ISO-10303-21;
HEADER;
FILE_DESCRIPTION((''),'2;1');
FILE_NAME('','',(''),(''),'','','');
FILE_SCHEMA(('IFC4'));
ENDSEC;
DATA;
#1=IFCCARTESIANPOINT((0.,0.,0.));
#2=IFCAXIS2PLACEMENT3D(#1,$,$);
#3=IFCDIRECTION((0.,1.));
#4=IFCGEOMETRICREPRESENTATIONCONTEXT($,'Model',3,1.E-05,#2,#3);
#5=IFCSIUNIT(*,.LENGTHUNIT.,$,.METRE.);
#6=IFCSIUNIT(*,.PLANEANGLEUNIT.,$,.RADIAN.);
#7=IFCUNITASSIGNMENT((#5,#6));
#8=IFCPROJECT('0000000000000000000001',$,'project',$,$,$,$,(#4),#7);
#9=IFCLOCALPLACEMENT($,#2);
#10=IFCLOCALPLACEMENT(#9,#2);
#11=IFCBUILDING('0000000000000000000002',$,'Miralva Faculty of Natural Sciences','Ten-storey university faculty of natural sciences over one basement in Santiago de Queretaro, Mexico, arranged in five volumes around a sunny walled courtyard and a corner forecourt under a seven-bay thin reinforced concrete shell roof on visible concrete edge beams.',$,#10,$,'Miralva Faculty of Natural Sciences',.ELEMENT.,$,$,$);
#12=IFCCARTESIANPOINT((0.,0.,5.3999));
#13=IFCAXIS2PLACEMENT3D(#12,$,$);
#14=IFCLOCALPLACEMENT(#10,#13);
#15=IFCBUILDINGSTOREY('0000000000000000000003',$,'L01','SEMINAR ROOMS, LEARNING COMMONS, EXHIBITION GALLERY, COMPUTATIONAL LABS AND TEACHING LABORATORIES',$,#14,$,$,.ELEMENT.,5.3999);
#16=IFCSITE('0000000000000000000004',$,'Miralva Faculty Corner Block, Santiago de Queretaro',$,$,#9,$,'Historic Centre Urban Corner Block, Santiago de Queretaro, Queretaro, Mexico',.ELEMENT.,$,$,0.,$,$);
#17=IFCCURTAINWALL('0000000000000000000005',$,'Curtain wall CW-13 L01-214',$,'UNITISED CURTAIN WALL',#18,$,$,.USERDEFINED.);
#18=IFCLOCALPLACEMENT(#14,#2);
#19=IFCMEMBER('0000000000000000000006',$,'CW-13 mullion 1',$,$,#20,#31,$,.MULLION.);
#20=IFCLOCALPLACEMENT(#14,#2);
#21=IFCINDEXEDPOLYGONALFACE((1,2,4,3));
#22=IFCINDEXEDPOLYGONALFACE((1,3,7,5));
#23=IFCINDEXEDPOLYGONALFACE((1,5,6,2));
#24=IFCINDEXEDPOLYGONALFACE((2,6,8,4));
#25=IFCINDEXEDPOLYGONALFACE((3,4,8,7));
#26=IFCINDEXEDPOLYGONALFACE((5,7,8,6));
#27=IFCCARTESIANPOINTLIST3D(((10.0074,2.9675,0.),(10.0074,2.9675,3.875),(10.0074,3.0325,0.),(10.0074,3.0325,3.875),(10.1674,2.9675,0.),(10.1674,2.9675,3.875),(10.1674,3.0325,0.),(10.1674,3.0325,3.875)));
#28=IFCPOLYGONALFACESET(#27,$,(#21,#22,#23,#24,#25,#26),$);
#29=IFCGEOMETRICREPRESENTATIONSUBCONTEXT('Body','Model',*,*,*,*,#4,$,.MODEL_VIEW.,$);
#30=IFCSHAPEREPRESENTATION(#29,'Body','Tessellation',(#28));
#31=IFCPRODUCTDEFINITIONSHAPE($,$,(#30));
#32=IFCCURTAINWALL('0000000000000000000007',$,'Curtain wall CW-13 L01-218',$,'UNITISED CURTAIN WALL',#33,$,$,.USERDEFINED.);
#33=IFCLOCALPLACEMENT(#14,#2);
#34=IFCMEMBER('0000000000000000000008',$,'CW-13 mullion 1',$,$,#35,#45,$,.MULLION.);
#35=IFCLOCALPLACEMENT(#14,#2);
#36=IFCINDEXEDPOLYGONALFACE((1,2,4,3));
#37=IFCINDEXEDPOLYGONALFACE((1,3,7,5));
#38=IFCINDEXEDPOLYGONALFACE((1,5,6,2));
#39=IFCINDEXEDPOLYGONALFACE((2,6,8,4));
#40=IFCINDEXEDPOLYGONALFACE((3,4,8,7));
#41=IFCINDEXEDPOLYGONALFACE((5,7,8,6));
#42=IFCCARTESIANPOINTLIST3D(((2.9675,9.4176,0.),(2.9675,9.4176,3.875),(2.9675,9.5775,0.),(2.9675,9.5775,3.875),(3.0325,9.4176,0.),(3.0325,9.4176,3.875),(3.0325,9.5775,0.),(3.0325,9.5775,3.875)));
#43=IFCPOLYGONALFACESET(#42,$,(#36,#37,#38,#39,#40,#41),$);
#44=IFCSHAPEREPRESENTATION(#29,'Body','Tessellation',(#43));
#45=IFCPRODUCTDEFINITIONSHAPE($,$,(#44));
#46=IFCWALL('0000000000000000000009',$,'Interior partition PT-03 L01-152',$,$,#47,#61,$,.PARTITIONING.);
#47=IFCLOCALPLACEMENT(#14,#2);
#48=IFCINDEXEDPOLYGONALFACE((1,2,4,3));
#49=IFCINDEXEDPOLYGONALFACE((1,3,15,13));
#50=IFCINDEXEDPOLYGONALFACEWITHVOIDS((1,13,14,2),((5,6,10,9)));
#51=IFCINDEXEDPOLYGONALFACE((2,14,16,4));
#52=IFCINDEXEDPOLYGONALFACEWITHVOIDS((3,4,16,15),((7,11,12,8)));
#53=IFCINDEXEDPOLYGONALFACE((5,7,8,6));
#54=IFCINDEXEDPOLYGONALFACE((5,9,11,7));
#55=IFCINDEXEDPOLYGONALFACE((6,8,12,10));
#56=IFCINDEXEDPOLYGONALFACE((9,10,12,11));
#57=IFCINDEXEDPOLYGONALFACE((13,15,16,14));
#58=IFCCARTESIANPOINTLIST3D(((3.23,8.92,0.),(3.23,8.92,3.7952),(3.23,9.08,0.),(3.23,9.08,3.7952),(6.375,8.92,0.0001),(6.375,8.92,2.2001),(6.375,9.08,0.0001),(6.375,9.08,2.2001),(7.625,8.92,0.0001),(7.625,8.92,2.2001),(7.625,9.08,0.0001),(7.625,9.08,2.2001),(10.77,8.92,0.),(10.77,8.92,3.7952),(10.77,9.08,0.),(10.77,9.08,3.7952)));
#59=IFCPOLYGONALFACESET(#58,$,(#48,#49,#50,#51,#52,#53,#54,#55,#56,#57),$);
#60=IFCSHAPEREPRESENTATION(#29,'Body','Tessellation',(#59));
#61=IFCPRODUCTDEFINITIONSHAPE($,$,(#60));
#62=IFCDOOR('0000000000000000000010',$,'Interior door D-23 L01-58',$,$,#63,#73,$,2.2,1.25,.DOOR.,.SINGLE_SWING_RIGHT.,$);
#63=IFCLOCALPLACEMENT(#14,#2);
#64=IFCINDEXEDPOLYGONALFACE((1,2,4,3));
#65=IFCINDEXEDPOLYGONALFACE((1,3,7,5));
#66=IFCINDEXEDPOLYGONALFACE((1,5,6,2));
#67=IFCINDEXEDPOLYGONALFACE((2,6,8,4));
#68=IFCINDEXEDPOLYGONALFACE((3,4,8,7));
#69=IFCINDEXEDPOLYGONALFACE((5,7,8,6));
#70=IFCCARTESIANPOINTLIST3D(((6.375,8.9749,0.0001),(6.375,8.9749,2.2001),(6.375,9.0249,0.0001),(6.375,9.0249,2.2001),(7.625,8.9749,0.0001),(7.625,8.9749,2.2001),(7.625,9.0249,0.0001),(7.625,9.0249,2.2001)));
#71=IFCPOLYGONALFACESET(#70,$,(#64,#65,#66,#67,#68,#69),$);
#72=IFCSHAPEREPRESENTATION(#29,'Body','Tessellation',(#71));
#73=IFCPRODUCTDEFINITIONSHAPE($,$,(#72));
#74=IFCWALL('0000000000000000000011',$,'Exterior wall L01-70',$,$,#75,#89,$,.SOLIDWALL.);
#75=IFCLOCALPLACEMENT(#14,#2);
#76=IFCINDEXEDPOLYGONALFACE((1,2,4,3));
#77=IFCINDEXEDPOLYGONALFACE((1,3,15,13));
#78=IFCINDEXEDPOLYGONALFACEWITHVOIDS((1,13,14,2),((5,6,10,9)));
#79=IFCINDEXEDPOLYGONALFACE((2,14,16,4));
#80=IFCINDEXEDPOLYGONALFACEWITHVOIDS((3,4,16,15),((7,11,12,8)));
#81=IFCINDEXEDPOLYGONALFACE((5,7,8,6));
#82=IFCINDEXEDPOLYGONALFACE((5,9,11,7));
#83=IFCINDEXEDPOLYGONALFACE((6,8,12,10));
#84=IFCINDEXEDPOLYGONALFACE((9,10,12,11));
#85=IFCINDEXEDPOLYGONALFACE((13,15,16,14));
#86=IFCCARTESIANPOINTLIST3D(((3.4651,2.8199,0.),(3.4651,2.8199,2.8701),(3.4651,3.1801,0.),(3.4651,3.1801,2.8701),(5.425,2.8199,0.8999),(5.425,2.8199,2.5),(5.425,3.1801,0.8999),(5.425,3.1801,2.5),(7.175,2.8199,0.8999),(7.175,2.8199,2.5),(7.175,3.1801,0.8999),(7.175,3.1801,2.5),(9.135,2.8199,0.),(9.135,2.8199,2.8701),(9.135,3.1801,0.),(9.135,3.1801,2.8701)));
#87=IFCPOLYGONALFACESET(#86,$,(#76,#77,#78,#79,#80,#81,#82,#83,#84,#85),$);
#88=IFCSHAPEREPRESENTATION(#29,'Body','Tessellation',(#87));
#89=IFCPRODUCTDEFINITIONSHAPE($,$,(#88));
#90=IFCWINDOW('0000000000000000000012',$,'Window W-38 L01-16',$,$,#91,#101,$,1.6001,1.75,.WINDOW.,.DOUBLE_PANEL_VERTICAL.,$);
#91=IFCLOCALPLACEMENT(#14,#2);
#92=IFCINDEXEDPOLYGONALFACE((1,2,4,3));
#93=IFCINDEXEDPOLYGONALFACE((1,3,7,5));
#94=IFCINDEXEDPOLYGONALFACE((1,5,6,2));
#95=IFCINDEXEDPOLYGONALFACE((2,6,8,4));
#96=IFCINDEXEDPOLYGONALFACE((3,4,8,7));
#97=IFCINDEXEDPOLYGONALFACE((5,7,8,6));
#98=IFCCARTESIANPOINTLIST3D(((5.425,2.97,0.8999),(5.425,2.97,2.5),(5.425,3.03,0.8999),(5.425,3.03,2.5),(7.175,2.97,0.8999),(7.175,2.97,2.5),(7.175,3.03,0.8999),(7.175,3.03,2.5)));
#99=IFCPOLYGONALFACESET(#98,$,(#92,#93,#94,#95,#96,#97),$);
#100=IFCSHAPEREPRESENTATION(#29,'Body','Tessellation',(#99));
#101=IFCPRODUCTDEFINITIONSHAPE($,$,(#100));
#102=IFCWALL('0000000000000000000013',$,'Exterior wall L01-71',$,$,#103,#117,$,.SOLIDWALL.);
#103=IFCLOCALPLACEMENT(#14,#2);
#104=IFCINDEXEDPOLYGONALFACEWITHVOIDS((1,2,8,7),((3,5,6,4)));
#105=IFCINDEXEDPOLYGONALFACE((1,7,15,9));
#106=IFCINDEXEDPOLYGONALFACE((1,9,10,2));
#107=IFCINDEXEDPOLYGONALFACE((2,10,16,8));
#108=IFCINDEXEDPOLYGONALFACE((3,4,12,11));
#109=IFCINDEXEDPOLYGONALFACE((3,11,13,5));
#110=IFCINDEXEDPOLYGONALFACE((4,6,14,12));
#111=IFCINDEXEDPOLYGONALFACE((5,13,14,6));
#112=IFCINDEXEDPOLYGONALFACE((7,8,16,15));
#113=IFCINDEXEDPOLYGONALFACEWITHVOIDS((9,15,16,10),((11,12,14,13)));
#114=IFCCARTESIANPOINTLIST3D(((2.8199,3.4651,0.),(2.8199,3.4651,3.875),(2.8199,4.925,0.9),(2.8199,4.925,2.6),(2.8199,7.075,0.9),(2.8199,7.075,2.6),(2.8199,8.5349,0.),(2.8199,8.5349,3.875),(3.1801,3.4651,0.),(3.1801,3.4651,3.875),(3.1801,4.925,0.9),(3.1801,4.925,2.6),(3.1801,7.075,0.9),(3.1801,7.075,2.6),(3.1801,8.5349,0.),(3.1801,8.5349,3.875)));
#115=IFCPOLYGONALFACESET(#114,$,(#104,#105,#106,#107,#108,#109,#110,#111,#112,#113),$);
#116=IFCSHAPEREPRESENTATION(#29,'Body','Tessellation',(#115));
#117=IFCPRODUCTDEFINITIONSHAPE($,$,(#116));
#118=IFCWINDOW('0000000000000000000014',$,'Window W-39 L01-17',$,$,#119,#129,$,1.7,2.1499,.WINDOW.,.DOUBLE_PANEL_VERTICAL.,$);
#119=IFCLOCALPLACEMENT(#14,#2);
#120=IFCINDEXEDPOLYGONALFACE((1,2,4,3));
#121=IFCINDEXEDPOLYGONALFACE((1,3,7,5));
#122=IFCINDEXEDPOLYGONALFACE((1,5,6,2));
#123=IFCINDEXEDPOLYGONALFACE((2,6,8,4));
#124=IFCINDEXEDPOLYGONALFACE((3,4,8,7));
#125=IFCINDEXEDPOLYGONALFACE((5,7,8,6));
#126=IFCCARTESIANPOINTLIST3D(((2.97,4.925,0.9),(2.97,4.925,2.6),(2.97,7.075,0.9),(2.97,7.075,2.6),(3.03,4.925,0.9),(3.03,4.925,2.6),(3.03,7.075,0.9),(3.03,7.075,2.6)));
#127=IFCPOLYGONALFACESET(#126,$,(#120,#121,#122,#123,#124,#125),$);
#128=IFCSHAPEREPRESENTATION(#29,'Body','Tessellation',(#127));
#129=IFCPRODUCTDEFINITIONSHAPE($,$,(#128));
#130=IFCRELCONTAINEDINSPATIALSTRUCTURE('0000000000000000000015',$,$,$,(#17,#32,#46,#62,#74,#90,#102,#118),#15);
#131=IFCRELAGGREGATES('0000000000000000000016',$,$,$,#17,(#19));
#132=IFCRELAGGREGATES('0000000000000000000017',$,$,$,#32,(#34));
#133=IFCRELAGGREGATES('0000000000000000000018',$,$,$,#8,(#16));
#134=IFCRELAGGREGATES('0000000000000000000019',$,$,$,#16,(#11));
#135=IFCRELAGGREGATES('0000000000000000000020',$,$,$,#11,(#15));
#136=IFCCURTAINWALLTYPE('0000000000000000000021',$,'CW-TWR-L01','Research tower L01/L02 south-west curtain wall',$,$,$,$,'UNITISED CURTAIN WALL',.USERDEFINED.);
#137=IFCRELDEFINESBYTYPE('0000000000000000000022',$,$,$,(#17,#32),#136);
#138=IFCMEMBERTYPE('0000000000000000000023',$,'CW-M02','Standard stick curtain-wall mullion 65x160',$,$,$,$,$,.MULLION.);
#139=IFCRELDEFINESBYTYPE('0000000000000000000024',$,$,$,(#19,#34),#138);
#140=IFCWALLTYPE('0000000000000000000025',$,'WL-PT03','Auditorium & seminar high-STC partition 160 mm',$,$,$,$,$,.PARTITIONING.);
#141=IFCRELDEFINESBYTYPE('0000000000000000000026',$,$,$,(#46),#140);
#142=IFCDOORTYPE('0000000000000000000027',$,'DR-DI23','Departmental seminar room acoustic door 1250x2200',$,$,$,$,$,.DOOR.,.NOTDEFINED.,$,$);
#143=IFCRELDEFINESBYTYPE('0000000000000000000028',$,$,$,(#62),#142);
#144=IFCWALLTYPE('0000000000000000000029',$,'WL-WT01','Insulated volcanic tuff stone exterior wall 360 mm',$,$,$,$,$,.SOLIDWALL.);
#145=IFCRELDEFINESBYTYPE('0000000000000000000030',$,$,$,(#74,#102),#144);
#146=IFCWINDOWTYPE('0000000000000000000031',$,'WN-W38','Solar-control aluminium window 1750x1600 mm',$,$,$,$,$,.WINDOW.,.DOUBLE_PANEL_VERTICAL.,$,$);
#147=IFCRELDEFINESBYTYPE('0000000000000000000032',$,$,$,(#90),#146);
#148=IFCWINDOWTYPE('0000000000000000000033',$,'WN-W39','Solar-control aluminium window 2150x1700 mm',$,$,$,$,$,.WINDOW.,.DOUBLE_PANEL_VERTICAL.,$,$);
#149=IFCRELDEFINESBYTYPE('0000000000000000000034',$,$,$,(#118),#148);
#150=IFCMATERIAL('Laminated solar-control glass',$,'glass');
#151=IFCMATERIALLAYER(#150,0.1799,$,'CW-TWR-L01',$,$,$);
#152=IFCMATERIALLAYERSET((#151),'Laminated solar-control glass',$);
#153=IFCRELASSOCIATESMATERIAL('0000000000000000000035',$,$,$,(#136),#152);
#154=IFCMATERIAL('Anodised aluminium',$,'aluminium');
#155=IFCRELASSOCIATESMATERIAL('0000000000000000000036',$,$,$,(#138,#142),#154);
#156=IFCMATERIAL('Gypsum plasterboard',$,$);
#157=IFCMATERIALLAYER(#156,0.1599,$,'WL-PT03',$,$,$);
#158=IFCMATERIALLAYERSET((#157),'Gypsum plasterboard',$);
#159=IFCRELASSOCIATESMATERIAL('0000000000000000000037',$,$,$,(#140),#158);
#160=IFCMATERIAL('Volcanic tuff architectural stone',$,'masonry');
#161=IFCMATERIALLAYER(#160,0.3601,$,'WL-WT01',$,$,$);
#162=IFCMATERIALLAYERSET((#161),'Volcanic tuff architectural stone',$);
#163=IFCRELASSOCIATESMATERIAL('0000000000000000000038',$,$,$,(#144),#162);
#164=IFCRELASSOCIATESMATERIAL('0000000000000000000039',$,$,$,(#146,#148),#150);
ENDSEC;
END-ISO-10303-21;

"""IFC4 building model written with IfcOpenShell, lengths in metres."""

from ifc_helpers import new_model, si_unit, direction, frame, frame_2d, origin, origin_2d, place, context, subcontext, project, spatial, rectangle, extrude, material, layer, layer_set, material_profile, profile_set, type_object, element, fill, aggregate, save


model = new_model("IFC4")

# Units and contexts
model_context = context("Model", 3, precision=1e-05, world=origin(), true_north=direction((0.0, 1.0)))
body_context = subcontext(model_context, "Body", "Model", "MODEL_VIEW")
ifc_project = project(units=[si_unit("LENGTHUNIT", "METRE"), si_unit("PLANEANGLEUNIT", "RADIAN")], contexts=[model_context])

# Site, building, storey
site_placement = place(None, origin())
site = spatial("IfcSite", under=ifc_project, at=site_placement, Name="Miralva Faculty Corner Block, Santiago de Queretaro", LongName="Historic Centre Urban Corner Block, Santiago de Queretaro, Queretaro, Mexico", CompositionType="ELEMENT", RefElevation=0.0)
building_placement = place(site_placement, origin())
building = spatial("IfcBuilding", under=site, at=building_placement, Name="Miralva Faculty of Natural Sciences", Description="Ten-storey university faculty of natural sciences over one basement in Santiago de Queretaro, Mexico, arranged in five volumes around a sunny walled courtyard and a corner forecourt under a seven-bay thin reinforced concrete shell roof on visible concrete edge beams.", LongName="Miralva Faculty of Natural Sciences", CompositionType="ELEMENT")
storey_placement = place(building_placement, frame((0.0, 0.0, 5.3999)))
storey = spatial("IfcBuildingStorey", under=building, at=storey_placement, Name="L01", Description="SEMINAR ROOMS, LEARNING COMMONS, EXHIBITION GALLERY, COMPUTATIONAL LABS AND TEACHING LABORATORIES", CompositionType="ELEMENT", Elevation=5.3999)

# Curtain walls, members
ifc_material_1 = material(Name="Laminated solar-control glass", Category="glass")
ifc_layer_1 = layer(ifc_material_1, 0.1799, Name="CW-TWR-L01")
ifc_layer_set_1 = layer_set([ifc_layer_1], Name="Laminated solar-control glass")
curtain_wall_type = type_object("IfcCurtainWallType", Name="CW-TWR-L01", Description="Research tower L01/L02 south-west curtain wall", ElementType="UNITISED CURTAIN WALL", PredefinedType="USERDEFINED", material=ifc_layer_set_1)
curtain_wall_1_placement = place(storey_placement, origin())
curtain_wall_1 = element("IfcCurtainWall", 1, at=curtain_wall_1_placement, inside=storey, type_object=curtain_wall_type, Name="Curtain wall CW-13 L01-214", ObjectType="UNITISED CURTAIN WALL", PredefinedType="USERDEFINED")
ifc_material_2 = material(Name="Anodised aluminium", Category="aluminium")
ifc_material_profile_1 = material_profile(ifc_material_2, rectangle(XDim=0.0649, YDim=0.1599, at=origin_2d()), Name="MULLION 65x160")
ifc_profile_set_1 = profile_set([ifc_material_profile_1], Name="Anodised aluminium")
member_type = type_object("IfcMemberType", Name="CW-M02", Description="Standard stick curtain-wall mullion 65x160", PredefinedType="MULLION", material=ifc_profile_set_1)
member_1_placement = place(storey_placement, frame((10.0874, 3.0, 0.0), z_axis=(0.0, 0.0, 1.0), x_axis=(0.0, 1.0, 0.0)))
member_1 = element("IfcMember", 2, at=member_1_placement, type_object=member_type, Name="CW-13 mullion 1", PredefinedType="MULLION", context=body_context, shape_type="SweptSolid", body=[
    extrude(rectangle(XDim=0.0649, YDim=0.1599, at=origin_2d()), origin(), (0.0, 0.0, 1.0), 3.875),
])
aggregate(curtain_wall_1, [member_1])
curtain_wall_2_placement = place(storey_placement, origin())
curtain_wall_2 = element("IfcCurtainWall", 3, at=curtain_wall_2_placement, inside=storey, type_object=curtain_wall_type, Name="Curtain wall CW-13 L01-218", ObjectType="UNITISED CURTAIN WALL", PredefinedType="USERDEFINED")
member_2_placement = place(storey_placement, frame((3.0, 9.4976, 0.0), z_axis=(0.0, 0.0, 1.0), x_axis=(-1.0, 0.0, 0.0)))
member_2 = element("IfcMember", 4, at=member_2_placement, type_object=member_type, Name="CW-13 mullion 1", PredefinedType="MULLION", context=body_context, shape_type="SweptSolid", body=[
    extrude(rectangle(XDim=0.0649, YDim=0.1599, at=origin_2d()), origin(), (0.0, 0.0, 1.0), 3.875),
])
aggregate(curtain_wall_2, [member_2])

# Wall, opening, door
ifc_material_3 = material(Name="Gypsum plasterboard")
ifc_layer_2 = layer(ifc_material_3, 0.1599, Name="WL-PT03")
ifc_layer_set_2 = layer_set([ifc_layer_2], Name="Gypsum plasterboard")
wall_type_1 = type_object("IfcWallType", Name="WL-PT03", Description="Auditorium & seminar high-STC partition 160 mm", PredefinedType="PARTITIONING", material=ifc_layer_set_2)
wall_1_placement = place(storey_placement, frame((3.23, 9.0, 0.0), z_axis=(0.0, 0.0, 1.0), x_axis=(1.0, 0.0, 0.0)))
wall_1 = element("IfcWall", 5, at=wall_1_placement, inside=storey, type_object=wall_type_1, Name="Interior partition PT-03 L01-152", PredefinedType="PARTITIONING", context=body_context, shape_type="SweptSolid", body=[
    extrude(rectangle(XDim=7.54, YDim=0.1599, at=frame_2d((3.77, 0.0))), origin(), (0.0, 0.0, 1.0), 3.7952),
])
opening_1_placement = place(wall_1_placement, frame((3.145, 0.0, 0.0)))
opening_1 = element("IfcOpeningElement", 6, at=opening_1_placement, cuts=wall_1, PredefinedType="OPENING", context=body_context, shape_type="SweptSolid", body=[
    extrude(rectangle(XDim=1.25, YDim=2.2, at=frame_2d((0.625, 1.1001))), frame((0.0, 0.0898, 0.0), z_axis=(0.0, -1.0, 0.0), x_axis=(1.0, 0.0, 0.0)), (0.0, 0.0, 1.0), 0.1799),
])
door_type = type_object("IfcDoorType", Name="DR-DI23", Description="Departmental seminar room acoustic door 1250x2200", OperationType="NOTDEFINED", PredefinedType="DOOR", material=ifc_material_2)
door_placement = place(opening_1_placement, origin())
door = element("IfcDoor", 7, at=door_placement, inside=storey, type_object=door_type, Name="Interior door D-23 L01-58", OperationType="SINGLE_SWING_RIGHT", OverallHeight=2.2, OverallWidth=1.25, PredefinedType="DOOR", context=body_context, shape_type="SweptSolid", body=[
    extrude(rectangle(XDim=1.25, YDim=2.2, at=frame_2d((0.625, 1.1001))), frame((0.0, 0.0249, 0.0), z_axis=(0.0, -1.0, 0.0), x_axis=(1.0, 0.0, 0.0)), (0.0, 0.0, 1.0), 0.05),
])
fill(opening_1, door)

# Walls, openings, windows
ifc_material_4 = material(Name="Volcanic tuff architectural stone", Category="masonry")
ifc_layer_3 = layer(ifc_material_4, 0.3601, Name="WL-WT01")
ifc_layer_set_3 = layer_set([ifc_layer_3], Name="Volcanic tuff architectural stone")
wall_type_2 = type_object("IfcWallType", Name="WL-WT01", Description="Insulated volcanic tuff stone exterior wall 360 mm", PredefinedType="SOLIDWALL", material=ifc_layer_set_3)
wall_2_placement = place(storey_placement, frame((3.4651, 3.0, 0.0), z_axis=(0.0, 0.0, 1.0), x_axis=(1.0, 0.0, 0.0)))
wall_2 = element("IfcWall", 8, at=wall_2_placement, inside=storey, type_object=wall_type_2, Name="Exterior wall L01-70", PredefinedType="SOLIDWALL", context=body_context, shape_type="SweptSolid", body=[
    extrude(rectangle(XDim=5.6699, YDim=0.3601, at=frame_2d((2.835, 0.0))), origin(), (0.0, 0.0, 1.0), 2.8701),
])
opening_2_placement = place(wall_2_placement, frame((1.96, 0.0, 0.8999)))
opening_2 = element("IfcOpeningElement", 9, at=opening_2_placement, cuts=wall_2, PredefinedType="OPENING", context=body_context, shape_type="SweptSolid", body=[
    extrude(rectangle(XDim=1.75, YDim=1.6001, at=frame_2d((0.875, 0.8))), frame((0.0, 0.1899, 0.0), z_axis=(0.0, -1.0, 0.0), x_axis=(1.0, 0.0, 0.0)), (0.0, 0.0, 1.0), 0.3801),
])
window_type_1 = type_object("IfcWindowType", Name="WN-W38", Description="Solar-control aluminium window 1750x1600 mm", PartitioningType="DOUBLE_PANEL_VERTICAL", PredefinedType="WINDOW", material=ifc_material_1)
window_1_placement = place(opening_2_placement, frame((1.75, 0.0, 0.0), z_axis=(0.0, 0.0, 1.0), x_axis=(-1.0, 0.0, 0.0)))
window_1 = element("IfcWindow", 10, at=window_1_placement, inside=storey, type_object=window_type_1, Name="Window W-38 L01-16", OverallHeight=1.6001, OverallWidth=1.75, PartitioningType="DOUBLE_PANEL_VERTICAL", PredefinedType="WINDOW", context=body_context, shape_type="SweptSolid", body=[
    extrude(rectangle(XDim=1.75, YDim=1.6001, at=frame_2d((0.875, 0.8))), frame((0.0, 0.03, 0.0), z_axis=(0.0, -1.0, 0.0), x_axis=(1.0, 0.0, 0.0)), (0.0, 0.0, 1.0), 0.0601),
])
fill(opening_2, window_1)
wall_3_placement = place(storey_placement, frame((3.0, 3.4651, 0.0), z_axis=(0.0, 0.0, 1.0), x_axis=(0.0, 1.0, 0.0)))
wall_3 = element("IfcWall", 11, at=wall_3_placement, inside=storey, type_object=wall_type_2, Name="Exterior wall L01-71", PredefinedType="SOLIDWALL", context=body_context, shape_type="SweptSolid", body=[
    extrude(rectangle(XDim=5.0698, YDim=0.3601, at=frame_2d((2.5349, 0.0))), origin(), (0.0, 0.0, 1.0), 3.875),
])
opening_3_placement = place(wall_3_placement, frame((1.46, 0.0, 0.8999)))
opening_3 = element("IfcOpeningElement", 12, at=opening_3_placement, cuts=wall_3, PredefinedType="OPENING", context=body_context, shape_type="SweptSolid", body=[
    extrude(rectangle(XDim=2.1499, YDim=1.7, at=frame_2d((1.075, 0.8501))), frame((0.0, 0.1899, 0.0), z_axis=(0.0, -1.0, 0.0), x_axis=(1.0, 0.0, 0.0)), (0.0, 0.0, 1.0), 0.3801),
])
window_type_2 = type_object("IfcWindowType", Name="WN-W39", Description="Solar-control aluminium window 2150x1700 mm", PartitioningType="DOUBLE_PANEL_VERTICAL", PredefinedType="WINDOW", material=ifc_material_1)
window_2_placement = place(opening_3_placement, origin())
window_2 = element("IfcWindow", 13, at=window_2_placement, inside=storey, type_object=window_type_2, Name="Window W-39 L01-17", OverallHeight=1.7, OverallWidth=2.1499, PartitioningType="DOUBLE_PANEL_VERTICAL", PredefinedType="WINDOW", context=body_context, shape_type="SweptSolid", body=[
    extrude(rectangle(XDim=2.1499, YDim=1.7, at=frame_2d((1.075, 0.8501))), frame((0.0, 0.03, 0.0), z_axis=(0.0, -1.0, 0.0), x_axis=(1.0, 0.0, 0.0)), (0.0, 0.0, 1.0), 0.0601),
])
fill(opening_3, window_2)

save(model, "model.ifc")
